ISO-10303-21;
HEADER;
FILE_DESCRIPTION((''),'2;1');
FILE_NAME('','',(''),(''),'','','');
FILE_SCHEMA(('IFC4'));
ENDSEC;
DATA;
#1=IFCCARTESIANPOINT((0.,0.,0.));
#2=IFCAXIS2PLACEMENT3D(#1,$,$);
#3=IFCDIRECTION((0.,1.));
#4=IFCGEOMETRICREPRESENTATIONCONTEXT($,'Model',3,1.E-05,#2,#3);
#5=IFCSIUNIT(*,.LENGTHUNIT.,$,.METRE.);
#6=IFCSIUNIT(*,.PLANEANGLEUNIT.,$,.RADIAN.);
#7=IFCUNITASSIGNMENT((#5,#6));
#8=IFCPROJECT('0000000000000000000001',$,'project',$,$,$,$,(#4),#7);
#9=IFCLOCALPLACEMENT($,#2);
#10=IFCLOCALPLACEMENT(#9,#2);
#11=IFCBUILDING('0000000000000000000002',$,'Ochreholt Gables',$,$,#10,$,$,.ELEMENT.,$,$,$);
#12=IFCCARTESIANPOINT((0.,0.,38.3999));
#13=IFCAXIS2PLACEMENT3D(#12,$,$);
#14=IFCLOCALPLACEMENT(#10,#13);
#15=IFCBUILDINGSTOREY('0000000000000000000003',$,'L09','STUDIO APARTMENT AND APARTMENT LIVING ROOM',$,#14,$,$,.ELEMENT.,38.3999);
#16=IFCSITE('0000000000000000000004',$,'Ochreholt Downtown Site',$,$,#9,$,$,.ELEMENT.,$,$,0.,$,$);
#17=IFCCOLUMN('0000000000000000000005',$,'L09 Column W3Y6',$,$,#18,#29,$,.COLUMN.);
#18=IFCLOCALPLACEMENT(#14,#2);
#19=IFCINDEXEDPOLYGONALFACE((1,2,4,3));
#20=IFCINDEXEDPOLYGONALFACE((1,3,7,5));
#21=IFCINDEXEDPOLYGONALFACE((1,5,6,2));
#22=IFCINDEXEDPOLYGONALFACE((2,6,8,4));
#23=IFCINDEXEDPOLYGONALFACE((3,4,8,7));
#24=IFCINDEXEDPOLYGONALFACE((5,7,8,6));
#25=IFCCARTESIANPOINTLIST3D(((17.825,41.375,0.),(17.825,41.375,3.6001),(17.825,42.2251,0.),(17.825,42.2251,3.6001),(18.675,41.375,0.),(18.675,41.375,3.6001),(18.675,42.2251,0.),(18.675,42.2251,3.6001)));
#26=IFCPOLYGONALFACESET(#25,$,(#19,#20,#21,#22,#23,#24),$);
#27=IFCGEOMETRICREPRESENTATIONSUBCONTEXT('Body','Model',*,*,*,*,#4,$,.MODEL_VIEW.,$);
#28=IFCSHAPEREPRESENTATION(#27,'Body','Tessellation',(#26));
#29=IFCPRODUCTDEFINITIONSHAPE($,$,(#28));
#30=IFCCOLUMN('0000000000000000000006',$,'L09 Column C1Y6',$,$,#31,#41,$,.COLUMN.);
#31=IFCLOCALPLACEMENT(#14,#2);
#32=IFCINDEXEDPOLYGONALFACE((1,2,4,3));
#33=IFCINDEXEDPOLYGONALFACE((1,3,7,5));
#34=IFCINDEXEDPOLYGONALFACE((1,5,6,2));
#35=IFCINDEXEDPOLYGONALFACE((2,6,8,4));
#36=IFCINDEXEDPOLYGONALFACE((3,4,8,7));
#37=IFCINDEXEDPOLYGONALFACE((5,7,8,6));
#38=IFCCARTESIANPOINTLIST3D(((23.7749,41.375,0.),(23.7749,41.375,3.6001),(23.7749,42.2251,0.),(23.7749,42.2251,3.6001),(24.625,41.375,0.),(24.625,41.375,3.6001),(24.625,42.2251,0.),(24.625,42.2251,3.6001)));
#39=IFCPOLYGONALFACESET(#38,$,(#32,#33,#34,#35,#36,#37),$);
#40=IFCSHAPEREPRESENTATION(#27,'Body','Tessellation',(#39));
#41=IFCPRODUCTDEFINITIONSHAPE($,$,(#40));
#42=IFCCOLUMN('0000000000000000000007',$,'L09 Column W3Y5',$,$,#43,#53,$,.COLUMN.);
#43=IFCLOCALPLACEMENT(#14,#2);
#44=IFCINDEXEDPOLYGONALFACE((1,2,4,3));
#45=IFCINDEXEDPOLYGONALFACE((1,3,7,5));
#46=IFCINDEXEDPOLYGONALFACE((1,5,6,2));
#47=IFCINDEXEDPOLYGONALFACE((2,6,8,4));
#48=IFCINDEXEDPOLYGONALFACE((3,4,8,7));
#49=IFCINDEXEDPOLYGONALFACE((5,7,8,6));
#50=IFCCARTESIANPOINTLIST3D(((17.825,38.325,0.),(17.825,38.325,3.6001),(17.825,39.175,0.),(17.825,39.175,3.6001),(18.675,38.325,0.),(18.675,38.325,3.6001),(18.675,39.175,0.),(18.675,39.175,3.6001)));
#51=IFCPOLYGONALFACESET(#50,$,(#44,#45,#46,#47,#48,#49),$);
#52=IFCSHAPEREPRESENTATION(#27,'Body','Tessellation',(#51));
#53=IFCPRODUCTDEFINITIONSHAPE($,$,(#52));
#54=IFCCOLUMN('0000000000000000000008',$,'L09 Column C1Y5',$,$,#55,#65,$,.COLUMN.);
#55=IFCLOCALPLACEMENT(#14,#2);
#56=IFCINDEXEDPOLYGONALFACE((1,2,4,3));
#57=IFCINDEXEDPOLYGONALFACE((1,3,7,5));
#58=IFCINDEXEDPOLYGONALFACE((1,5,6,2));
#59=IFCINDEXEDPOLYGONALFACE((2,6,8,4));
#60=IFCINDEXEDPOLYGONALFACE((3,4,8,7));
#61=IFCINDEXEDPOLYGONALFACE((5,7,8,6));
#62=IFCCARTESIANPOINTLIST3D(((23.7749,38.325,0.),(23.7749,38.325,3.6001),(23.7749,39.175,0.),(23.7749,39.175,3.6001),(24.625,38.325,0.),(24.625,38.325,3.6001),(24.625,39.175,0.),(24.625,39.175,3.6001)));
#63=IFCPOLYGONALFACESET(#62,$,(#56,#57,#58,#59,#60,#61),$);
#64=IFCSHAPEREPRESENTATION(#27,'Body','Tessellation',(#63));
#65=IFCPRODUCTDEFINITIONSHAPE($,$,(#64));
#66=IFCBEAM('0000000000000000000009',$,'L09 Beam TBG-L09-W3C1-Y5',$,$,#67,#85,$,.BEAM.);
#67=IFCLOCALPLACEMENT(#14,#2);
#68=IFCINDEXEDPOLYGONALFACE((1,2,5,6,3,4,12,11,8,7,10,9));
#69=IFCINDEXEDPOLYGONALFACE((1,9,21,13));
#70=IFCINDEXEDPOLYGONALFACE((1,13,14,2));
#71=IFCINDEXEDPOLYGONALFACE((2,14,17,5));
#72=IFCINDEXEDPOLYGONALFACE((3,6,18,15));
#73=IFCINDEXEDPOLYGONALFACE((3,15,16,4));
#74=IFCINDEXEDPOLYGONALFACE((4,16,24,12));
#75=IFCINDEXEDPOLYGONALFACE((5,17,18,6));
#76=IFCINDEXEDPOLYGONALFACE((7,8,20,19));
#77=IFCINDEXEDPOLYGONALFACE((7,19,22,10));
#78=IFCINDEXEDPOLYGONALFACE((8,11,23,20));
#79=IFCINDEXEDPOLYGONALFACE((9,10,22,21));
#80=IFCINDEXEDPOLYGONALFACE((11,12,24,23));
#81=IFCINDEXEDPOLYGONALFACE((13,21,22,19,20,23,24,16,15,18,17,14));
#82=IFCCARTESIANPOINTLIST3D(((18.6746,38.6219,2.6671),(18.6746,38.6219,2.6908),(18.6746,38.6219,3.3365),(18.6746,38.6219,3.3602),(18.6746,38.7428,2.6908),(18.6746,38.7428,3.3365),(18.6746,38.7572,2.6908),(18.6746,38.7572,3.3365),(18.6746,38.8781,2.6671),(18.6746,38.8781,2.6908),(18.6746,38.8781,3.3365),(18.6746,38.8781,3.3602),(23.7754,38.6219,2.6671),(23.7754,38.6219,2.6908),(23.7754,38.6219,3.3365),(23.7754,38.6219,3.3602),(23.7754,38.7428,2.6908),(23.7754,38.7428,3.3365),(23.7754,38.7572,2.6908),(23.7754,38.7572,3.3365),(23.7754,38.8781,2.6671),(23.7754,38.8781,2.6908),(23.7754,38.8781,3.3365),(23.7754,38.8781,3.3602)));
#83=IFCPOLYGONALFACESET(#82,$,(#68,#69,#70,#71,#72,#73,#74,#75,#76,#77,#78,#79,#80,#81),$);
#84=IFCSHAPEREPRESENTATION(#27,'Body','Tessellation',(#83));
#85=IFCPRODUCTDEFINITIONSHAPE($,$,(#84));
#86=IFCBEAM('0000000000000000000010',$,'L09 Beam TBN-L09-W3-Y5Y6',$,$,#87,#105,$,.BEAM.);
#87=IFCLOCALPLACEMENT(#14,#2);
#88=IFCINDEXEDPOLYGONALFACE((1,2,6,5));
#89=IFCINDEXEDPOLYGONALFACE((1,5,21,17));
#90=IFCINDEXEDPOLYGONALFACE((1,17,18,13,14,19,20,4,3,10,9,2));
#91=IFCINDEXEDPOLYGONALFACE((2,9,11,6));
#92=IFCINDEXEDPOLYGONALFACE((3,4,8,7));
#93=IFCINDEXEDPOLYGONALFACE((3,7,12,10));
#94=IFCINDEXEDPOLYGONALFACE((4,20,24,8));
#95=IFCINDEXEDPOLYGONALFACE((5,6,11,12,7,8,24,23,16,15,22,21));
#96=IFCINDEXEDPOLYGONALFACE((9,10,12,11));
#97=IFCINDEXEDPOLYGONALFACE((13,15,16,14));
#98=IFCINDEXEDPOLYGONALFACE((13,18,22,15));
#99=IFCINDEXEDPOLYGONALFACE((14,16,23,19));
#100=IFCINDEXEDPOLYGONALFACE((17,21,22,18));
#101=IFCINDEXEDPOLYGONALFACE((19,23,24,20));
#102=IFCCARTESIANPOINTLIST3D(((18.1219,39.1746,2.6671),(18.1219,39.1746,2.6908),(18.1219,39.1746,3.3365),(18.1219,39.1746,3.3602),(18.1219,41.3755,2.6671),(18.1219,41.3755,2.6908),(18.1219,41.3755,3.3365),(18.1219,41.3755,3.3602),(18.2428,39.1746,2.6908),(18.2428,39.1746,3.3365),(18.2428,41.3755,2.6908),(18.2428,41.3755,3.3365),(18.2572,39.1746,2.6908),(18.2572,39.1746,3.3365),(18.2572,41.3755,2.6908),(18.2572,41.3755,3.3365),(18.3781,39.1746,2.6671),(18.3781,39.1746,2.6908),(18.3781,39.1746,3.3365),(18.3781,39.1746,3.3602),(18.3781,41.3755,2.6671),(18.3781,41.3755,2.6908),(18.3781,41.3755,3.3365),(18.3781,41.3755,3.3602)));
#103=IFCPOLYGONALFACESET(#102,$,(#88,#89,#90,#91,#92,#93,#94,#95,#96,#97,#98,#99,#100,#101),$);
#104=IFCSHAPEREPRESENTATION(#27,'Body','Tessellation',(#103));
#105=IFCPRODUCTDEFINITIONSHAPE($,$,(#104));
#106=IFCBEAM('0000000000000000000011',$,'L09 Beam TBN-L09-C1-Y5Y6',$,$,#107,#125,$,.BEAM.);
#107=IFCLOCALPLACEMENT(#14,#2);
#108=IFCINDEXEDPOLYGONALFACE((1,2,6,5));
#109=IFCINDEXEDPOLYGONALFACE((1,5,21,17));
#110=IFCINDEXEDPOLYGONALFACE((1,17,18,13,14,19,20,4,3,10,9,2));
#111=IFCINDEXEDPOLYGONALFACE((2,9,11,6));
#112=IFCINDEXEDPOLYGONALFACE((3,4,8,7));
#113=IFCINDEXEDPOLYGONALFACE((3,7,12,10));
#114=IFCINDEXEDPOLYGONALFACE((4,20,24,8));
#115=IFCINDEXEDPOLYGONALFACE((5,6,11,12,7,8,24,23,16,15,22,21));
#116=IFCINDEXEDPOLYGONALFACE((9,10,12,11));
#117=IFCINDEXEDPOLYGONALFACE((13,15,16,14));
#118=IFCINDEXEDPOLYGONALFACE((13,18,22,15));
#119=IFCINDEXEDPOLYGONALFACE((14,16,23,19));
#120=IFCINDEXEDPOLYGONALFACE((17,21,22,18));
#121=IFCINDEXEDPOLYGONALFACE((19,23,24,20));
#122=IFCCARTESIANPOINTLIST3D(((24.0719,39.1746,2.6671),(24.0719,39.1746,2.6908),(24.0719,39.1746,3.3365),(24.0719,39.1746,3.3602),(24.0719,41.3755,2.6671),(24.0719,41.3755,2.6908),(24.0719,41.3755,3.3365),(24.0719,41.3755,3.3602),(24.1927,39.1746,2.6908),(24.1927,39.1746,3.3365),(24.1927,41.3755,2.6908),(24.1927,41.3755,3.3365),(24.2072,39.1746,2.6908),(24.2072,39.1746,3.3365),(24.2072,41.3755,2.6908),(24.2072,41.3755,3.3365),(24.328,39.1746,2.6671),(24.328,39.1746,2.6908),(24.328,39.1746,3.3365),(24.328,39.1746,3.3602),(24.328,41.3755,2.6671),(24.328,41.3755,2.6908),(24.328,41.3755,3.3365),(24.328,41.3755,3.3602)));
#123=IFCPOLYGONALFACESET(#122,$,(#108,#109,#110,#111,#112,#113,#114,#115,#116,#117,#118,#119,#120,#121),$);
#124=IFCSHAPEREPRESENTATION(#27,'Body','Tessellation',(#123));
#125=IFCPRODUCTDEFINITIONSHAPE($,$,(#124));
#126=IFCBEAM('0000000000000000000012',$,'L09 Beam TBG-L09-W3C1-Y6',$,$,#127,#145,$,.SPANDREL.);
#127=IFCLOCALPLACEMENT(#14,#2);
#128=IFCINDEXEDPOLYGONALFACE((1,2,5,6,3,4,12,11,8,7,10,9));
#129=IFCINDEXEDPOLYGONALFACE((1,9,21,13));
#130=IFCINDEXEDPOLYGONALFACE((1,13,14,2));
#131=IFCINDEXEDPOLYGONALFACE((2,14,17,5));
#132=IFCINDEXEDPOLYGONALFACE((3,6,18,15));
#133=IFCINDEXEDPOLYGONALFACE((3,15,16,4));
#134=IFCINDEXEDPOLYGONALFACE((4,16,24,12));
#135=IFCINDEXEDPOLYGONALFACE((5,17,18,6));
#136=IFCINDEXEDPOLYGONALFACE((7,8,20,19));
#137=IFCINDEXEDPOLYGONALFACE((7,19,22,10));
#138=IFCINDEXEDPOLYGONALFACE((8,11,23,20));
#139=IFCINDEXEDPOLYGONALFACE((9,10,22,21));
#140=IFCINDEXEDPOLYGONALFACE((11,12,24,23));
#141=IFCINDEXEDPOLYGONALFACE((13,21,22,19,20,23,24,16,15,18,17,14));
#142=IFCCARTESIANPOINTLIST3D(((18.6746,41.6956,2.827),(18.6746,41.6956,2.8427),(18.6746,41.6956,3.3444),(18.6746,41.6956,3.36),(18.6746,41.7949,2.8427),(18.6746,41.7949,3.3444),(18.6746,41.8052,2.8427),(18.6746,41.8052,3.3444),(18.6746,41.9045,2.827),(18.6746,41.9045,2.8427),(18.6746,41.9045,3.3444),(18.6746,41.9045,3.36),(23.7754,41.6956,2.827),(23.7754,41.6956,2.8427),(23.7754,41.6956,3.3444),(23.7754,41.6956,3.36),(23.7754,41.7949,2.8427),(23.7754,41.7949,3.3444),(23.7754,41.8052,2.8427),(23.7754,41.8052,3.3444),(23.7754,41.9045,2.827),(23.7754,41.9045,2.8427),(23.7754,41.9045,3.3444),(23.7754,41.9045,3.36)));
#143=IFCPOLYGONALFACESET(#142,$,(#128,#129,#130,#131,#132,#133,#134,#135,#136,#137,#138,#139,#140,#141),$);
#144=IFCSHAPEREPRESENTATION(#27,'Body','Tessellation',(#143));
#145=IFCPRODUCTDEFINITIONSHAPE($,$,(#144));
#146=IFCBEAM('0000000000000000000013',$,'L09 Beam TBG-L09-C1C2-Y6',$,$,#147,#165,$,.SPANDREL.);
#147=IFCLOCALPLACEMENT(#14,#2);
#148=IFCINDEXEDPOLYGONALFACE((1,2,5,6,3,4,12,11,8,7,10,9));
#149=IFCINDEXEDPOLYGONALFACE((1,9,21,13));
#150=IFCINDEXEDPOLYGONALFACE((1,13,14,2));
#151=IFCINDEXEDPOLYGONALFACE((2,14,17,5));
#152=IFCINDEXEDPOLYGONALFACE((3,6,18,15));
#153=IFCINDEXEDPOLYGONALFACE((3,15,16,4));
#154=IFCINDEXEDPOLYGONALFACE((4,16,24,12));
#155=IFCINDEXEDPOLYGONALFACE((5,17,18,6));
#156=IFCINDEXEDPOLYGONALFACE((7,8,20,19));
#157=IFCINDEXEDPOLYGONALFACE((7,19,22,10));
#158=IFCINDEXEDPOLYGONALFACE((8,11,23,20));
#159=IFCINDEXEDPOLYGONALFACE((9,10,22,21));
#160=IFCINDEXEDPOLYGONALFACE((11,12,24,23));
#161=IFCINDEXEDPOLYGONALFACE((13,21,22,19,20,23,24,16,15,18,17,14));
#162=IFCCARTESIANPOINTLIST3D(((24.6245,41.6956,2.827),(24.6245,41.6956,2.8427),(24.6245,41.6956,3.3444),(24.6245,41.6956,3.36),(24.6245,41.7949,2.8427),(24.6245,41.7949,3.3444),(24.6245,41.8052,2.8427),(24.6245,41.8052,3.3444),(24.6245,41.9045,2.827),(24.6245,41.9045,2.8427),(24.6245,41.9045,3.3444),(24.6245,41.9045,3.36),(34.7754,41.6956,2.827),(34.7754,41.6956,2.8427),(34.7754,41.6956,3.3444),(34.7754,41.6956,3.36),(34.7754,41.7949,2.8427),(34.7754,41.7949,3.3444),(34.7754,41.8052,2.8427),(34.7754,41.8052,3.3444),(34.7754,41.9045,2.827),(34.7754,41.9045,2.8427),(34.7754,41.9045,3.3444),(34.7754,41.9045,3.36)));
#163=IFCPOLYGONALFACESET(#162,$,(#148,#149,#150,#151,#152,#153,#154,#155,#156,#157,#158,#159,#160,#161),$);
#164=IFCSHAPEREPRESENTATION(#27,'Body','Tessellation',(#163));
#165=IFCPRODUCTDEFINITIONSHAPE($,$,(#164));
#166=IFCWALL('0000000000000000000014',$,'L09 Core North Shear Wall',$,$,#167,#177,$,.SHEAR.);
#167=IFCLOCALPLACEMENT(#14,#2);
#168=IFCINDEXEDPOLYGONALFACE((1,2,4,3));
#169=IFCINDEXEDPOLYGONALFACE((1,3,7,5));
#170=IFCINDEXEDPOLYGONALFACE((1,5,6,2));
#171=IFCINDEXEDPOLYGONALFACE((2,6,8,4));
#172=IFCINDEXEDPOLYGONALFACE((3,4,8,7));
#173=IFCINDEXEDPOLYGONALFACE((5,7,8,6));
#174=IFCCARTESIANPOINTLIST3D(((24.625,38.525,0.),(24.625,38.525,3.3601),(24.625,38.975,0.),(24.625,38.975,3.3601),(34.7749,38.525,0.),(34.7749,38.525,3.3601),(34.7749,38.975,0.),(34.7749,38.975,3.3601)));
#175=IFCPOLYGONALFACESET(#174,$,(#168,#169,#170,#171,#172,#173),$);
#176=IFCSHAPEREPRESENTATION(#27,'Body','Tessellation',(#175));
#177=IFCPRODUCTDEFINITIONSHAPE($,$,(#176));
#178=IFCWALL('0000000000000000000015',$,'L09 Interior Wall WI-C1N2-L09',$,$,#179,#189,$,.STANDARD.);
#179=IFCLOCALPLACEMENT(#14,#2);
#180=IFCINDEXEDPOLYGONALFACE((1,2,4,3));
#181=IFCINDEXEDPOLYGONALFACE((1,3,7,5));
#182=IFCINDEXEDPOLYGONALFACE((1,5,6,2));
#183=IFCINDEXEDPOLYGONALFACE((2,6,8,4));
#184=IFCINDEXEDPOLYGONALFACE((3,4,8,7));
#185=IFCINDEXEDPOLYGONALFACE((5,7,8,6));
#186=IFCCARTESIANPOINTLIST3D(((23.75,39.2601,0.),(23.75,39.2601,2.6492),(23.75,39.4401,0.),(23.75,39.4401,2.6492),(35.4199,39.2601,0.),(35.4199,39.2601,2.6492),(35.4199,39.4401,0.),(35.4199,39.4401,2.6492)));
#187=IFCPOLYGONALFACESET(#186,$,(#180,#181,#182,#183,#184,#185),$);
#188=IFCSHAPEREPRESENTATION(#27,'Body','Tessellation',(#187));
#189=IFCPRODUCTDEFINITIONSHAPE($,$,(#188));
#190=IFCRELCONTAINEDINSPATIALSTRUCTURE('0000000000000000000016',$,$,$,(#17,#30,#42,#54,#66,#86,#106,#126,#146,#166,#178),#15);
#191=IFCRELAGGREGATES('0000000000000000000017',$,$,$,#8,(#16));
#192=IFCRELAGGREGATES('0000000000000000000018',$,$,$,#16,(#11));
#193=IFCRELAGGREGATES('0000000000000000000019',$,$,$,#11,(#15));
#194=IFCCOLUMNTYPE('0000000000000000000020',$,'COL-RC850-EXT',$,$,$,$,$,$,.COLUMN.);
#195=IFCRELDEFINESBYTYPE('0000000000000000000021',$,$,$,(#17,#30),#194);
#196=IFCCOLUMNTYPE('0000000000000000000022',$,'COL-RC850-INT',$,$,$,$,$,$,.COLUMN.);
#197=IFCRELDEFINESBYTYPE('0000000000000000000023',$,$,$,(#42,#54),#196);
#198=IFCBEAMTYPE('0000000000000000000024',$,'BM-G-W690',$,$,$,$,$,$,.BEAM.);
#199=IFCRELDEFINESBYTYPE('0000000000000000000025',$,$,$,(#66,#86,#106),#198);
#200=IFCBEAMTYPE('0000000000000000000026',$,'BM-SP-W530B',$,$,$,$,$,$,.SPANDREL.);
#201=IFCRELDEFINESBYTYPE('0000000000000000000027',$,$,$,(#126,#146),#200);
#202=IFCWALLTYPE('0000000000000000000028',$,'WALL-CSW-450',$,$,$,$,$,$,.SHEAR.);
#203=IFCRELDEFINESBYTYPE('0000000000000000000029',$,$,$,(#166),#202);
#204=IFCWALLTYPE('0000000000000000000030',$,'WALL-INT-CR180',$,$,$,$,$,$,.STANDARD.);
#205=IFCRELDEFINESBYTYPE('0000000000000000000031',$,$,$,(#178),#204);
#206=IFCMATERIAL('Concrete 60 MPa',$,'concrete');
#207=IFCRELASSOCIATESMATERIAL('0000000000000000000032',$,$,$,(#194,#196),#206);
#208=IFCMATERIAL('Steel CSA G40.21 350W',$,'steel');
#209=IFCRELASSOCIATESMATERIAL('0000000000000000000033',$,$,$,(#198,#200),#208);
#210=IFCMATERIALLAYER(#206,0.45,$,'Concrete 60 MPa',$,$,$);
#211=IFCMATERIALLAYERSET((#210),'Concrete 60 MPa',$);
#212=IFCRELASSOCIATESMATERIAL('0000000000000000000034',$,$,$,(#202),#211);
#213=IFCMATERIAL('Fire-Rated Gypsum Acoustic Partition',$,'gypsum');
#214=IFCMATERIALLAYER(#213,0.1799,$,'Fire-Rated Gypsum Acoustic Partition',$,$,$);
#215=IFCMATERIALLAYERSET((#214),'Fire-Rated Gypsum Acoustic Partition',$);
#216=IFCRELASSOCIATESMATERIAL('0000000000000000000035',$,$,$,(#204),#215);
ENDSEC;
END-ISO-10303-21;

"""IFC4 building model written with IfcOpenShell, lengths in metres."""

from ifc_helpers import new_model, si_unit, direction, frame, frame_2d, origin, origin_2d, place, context, subcontext, project, spatial, rectangle, i_section, extrude, material, layer, layer_set, material_profile, profile_set, type_object, element, save


model = new_model("IFC4")

# Units and contexts
model_context = context("Model", 3, precision=1e-05, world=origin(), true_north=direction((0.0, 1.0)))
body_context = subcontext(model_context, "Body", "Model", "MODEL_VIEW")
ifc_project = project(units=[si_unit("LENGTHUNIT", "METRE"), si_unit("PLANEANGLEUNIT", "RADIAN")], contexts=[model_context])

# Site, building, storey
site_placement = place(None, origin())
site = spatial("IfcSite", under=ifc_project, at=site_placement, Name="Ochreholt Downtown Site", CompositionType="ELEMENT", RefElevation=0.0)
building_placement = place(site_placement, origin())
building = spatial("IfcBuilding", under=site, at=building_placement, Name="Ochreholt Gables", CompositionType="ELEMENT")
storey_placement = place(building_placement, frame((0.0, 0.0, 38.3999)))
storey = spatial("IfcBuildingStorey", under=building, at=storey_placement, Name="L09", Description="STUDIO APARTMENT AND APARTMENT LIVING ROOM", CompositionType="ELEMENT", Elevation=38.3999)

# Columns
ifc_material_1 = material(Name="Concrete 60 MPa", Category="concrete")
ifc_material_profile_1 = material_profile(ifc_material_1, rectangle(XDim=0.8501, YDim=0.8501, at=origin_2d()), Name="RC850X850")
ifc_profile_set_1 = profile_set([ifc_material_profile_1], Name="Concrete 60 MPa")
column_type_1 = type_object("IfcColumnType", Name="COL-RC850-EXT", PredefinedType="COLUMN", material=ifc_profile_set_1)
for number, where, z_axis, x_axis, name in (
    (1, (18.25, 41.8, 0.0), (0.0, 0.0, 1.0), (1.0, 0.0, 0.0), "L09 Column W3Y6"),
    (2, (24.2, 41.8, 0.0), (0.0, 0.0, 1.0), (1.0, 0.0, 0.0), "L09 Column C1Y6"),
):
    element("IfcColumn", number, at=place(storey_placement, frame(where, z_axis=z_axis, x_axis=x_axis)), inside=storey, type_object=column_type_1, Name=name, PredefinedType="COLUMN", context=body_context, shape_type="SweptSolid", body=[
        extrude(rectangle(XDim=0.8501, YDim=0.8501, at=origin_2d()), origin(), (0.0, 0.0, 1.0), 3.6001),
    ])
ifc_material_profile_2 = material_profile(ifc_material_1, rectangle(XDim=0.8501, YDim=0.8501, at=origin_2d()), Name="RC850X850")
ifc_profile_set_2 = profile_set([ifc_material_profile_2], Name="Concrete 60 MPa")
column_type_2 = type_object("IfcColumnType", Name="COL-RC850-INT", PredefinedType="COLUMN", material=ifc_profile_set_2)
for number, where, z_axis, x_axis, name in (
    (3, (18.25, 38.75, 0.0), (0.0, 0.0, 1.0), (1.0, 0.0, 0.0), "L09 Column W3Y5"),
    (4, (24.2, 38.75, 0.0), (0.0, 0.0, 1.0), (1.0, 0.0, 0.0), "L09 Column C1Y5"),
):
    element("IfcColumn", number, at=place(storey_placement, frame(where, z_axis=z_axis, x_axis=x_axis)), inside=storey, type_object=column_type_2, Name=name, PredefinedType="COLUMN", context=body_context, shape_type="SweptSolid", body=[
        extrude(rectangle(XDim=0.8501, YDim=0.8501, at=origin_2d()), origin(), (0.0, 0.0, 1.0), 3.6001),
    ])

# Beams
ifc_material_2 = material(Name="Steel CSA G40.21 350W", Category="steel")
ifc_material_profile_3 = material_profile(ifc_material_2, i_section(OverallWidth=0.2561, OverallDepth=0.6931, WebThickness=0.0144, FlangeThickness=0.0237, at=origin_2d()), Name="W690X170")
ifc_profile_set_3 = profile_set([ifc_material_profile_3], Name="Steel CSA G40.21 350W")
beam_type_1 = type_object("IfcBeamType", Name="BM-G-W690", PredefinedType="BEAM", material=ifc_profile_set_3)
beam_1_placement = place(storey_placement, frame((18.6746, 38.75, 3.0137), z_axis=(1.0, 0.0, 0.0), x_axis=(0.0, 1.0, 0.0)))
element("IfcBeam", 5, at=beam_1_placement, inside=storey, type_object=beam_type_1, Name="L09 Beam TBG-L09-W3C1-Y5", PredefinedType="BEAM", context=body_context, shape_type="SweptSolid", body=[
    extrude(i_section(OverallWidth=0.2561, OverallDepth=0.6931, WebThickness=0.0144, FlangeThickness=0.0237, at=origin_2d()), origin(), (0.0, 0.0, 1.0), 5.1008),
])
for number, where, z_axis, x_axis, name in (
    (6, (18.25, 39.1746, 3.0137), (0.0, 1.0, 0.0), (-1.0, 0.0, 0.0), "L09 Beam TBN-L09-W3-Y5Y6"),
    (7, (24.2, 39.1746, 3.0137), (0.0, 1.0, 0.0), (-1.0, 0.0, 0.0), "L09 Beam TBN-L09-C1-Y5Y6"),
):
    element("IfcBeam", number, at=place(storey_placement, frame(where, z_axis=z_axis, x_axis=x_axis)), inside=storey, type_object=beam_type_1, Name=name, PredefinedType="BEAM", context=body_context, shape_type="SweptSolid", body=[
        extrude(i_section(OverallWidth=0.2561, OverallDepth=0.6931, WebThickness=0.0144, FlangeThickness=0.0237, at=origin_2d()), origin(), (0.0, 0.0, 1.0), 2.2009),
    ])
ifc_material_profile_4 = material_profile(ifc_material_2, i_section(OverallWidth=0.209, OverallDepth=0.533, WebThickness=0.0103, FlangeThickness=0.0156, at=origin_2d()), Name="W530X92")
ifc_profile_set_4 = profile_set([ifc_material_profile_4], Name="Steel CSA G40.21 350W")
beam_type_2 = type_object("IfcBeamType", Name="BM-SP-W530B", PredefinedType="SPANDREL", material=ifc_profile_set_4)
beam_2_placement = place(storey_placement, frame((18.6746, 41.8, 3.0935), z_axis=(1.0, 0.0, 0.0), x_axis=(0.0, 1.0, 0.0)))
element("IfcBeam", 8, at=beam_2_placement, inside=storey, type_object=beam_type_2, Name="L09 Beam TBG-L09-W3C1-Y6", PredefinedType="SPANDREL", context=body_context, shape_type="SweptSolid", body=[
    extrude(i_section(OverallWidth=0.209, OverallDepth=0.533, WebThickness=0.0103, FlangeThickness=0.0156, at=origin_2d()), origin(), (0.0, 0.0, 1.0), 5.1008),
])
beam_3_placement = place(storey_placement, frame((24.6245, 41.8, 3.0935), z_axis=(1.0, 0.0, 0.0), x_axis=(0.0, 1.0, 0.0)))
element("IfcBeam", 9, at=beam_3_placement, inside=storey, type_object=beam_type_2, Name="L09 Beam TBG-L09-C1C2-Y6", PredefinedType="SPANDREL", context=body_context, shape_type="SweptSolid", body=[
    extrude(i_section(OverallWidth=0.209, OverallDepth=0.533, WebThickness=0.0103, FlangeThickness=0.0156, at=origin_2d()), origin(), (0.0, 0.0, 1.0), 10.1509),
])

# Walls
ifc_layer_1 = layer(ifc_material_1, 0.45, Name="Concrete 60 MPa")
ifc_layer_set_1 = layer_set([ifc_layer_1], Name="Concrete 60 MPa")
wall_type_1 = type_object("IfcWallType", Name="WALL-CSW-450", PredefinedType="SHEAR", material=ifc_layer_set_1)
wall_1_placement = place(storey_placement, frame((24.625, 38.75, 0.0), z_axis=(0.0, 0.0, 1.0), x_axis=(1.0, 0.0, 0.0)))
element("IfcWall", 10, at=wall_1_placement, inside=storey, type_object=wall_type_1, Name="L09 Core North Shear Wall", PredefinedType="SHEAR", context=body_context, shape_type="SweptSolid", body=[
    extrude(rectangle(XDim=10.1499, YDim=0.45, at=frame_2d((5.075, 0.0))), origin(), (0.0, 0.0, 1.0), 3.3601),
])
ifc_material_3 = material(Name="Fire-Rated Gypsum Acoustic Partition", Category="gypsum")
ifc_layer_2 = layer(ifc_material_3, 0.1799, Name="Fire-Rated Gypsum Acoustic Partition")
ifc_layer_set_2 = layer_set([ifc_layer_2], Name="Fire-Rated Gypsum Acoustic Partition")
wall_type_2 = type_object("IfcWallType", Name="WALL-INT-CR180", PredefinedType="STANDARD", material=ifc_layer_set_2)
wall_2_placement = place(storey_placement, frame((23.75, 39.3501, 0.0), z_axis=(0.0, 0.0, 1.0), x_axis=(1.0, 0.0, 0.0)))
element("IfcWall", 11, at=wall_2_placement, inside=storey, type_object=wall_type_2, Name="L09 Interior Wall WI-C1N2-L09", PredefinedType="STANDARD", context=body_context, shape_type="SweptSolid", body=[
    extrude(rectangle(XDim=11.6699, YDim=0.1799, at=frame_2d((5.835, 0.0))), origin(), (0.0, 0.0, 1.0), 2.6492),
])

save(model, "model.ifc")
